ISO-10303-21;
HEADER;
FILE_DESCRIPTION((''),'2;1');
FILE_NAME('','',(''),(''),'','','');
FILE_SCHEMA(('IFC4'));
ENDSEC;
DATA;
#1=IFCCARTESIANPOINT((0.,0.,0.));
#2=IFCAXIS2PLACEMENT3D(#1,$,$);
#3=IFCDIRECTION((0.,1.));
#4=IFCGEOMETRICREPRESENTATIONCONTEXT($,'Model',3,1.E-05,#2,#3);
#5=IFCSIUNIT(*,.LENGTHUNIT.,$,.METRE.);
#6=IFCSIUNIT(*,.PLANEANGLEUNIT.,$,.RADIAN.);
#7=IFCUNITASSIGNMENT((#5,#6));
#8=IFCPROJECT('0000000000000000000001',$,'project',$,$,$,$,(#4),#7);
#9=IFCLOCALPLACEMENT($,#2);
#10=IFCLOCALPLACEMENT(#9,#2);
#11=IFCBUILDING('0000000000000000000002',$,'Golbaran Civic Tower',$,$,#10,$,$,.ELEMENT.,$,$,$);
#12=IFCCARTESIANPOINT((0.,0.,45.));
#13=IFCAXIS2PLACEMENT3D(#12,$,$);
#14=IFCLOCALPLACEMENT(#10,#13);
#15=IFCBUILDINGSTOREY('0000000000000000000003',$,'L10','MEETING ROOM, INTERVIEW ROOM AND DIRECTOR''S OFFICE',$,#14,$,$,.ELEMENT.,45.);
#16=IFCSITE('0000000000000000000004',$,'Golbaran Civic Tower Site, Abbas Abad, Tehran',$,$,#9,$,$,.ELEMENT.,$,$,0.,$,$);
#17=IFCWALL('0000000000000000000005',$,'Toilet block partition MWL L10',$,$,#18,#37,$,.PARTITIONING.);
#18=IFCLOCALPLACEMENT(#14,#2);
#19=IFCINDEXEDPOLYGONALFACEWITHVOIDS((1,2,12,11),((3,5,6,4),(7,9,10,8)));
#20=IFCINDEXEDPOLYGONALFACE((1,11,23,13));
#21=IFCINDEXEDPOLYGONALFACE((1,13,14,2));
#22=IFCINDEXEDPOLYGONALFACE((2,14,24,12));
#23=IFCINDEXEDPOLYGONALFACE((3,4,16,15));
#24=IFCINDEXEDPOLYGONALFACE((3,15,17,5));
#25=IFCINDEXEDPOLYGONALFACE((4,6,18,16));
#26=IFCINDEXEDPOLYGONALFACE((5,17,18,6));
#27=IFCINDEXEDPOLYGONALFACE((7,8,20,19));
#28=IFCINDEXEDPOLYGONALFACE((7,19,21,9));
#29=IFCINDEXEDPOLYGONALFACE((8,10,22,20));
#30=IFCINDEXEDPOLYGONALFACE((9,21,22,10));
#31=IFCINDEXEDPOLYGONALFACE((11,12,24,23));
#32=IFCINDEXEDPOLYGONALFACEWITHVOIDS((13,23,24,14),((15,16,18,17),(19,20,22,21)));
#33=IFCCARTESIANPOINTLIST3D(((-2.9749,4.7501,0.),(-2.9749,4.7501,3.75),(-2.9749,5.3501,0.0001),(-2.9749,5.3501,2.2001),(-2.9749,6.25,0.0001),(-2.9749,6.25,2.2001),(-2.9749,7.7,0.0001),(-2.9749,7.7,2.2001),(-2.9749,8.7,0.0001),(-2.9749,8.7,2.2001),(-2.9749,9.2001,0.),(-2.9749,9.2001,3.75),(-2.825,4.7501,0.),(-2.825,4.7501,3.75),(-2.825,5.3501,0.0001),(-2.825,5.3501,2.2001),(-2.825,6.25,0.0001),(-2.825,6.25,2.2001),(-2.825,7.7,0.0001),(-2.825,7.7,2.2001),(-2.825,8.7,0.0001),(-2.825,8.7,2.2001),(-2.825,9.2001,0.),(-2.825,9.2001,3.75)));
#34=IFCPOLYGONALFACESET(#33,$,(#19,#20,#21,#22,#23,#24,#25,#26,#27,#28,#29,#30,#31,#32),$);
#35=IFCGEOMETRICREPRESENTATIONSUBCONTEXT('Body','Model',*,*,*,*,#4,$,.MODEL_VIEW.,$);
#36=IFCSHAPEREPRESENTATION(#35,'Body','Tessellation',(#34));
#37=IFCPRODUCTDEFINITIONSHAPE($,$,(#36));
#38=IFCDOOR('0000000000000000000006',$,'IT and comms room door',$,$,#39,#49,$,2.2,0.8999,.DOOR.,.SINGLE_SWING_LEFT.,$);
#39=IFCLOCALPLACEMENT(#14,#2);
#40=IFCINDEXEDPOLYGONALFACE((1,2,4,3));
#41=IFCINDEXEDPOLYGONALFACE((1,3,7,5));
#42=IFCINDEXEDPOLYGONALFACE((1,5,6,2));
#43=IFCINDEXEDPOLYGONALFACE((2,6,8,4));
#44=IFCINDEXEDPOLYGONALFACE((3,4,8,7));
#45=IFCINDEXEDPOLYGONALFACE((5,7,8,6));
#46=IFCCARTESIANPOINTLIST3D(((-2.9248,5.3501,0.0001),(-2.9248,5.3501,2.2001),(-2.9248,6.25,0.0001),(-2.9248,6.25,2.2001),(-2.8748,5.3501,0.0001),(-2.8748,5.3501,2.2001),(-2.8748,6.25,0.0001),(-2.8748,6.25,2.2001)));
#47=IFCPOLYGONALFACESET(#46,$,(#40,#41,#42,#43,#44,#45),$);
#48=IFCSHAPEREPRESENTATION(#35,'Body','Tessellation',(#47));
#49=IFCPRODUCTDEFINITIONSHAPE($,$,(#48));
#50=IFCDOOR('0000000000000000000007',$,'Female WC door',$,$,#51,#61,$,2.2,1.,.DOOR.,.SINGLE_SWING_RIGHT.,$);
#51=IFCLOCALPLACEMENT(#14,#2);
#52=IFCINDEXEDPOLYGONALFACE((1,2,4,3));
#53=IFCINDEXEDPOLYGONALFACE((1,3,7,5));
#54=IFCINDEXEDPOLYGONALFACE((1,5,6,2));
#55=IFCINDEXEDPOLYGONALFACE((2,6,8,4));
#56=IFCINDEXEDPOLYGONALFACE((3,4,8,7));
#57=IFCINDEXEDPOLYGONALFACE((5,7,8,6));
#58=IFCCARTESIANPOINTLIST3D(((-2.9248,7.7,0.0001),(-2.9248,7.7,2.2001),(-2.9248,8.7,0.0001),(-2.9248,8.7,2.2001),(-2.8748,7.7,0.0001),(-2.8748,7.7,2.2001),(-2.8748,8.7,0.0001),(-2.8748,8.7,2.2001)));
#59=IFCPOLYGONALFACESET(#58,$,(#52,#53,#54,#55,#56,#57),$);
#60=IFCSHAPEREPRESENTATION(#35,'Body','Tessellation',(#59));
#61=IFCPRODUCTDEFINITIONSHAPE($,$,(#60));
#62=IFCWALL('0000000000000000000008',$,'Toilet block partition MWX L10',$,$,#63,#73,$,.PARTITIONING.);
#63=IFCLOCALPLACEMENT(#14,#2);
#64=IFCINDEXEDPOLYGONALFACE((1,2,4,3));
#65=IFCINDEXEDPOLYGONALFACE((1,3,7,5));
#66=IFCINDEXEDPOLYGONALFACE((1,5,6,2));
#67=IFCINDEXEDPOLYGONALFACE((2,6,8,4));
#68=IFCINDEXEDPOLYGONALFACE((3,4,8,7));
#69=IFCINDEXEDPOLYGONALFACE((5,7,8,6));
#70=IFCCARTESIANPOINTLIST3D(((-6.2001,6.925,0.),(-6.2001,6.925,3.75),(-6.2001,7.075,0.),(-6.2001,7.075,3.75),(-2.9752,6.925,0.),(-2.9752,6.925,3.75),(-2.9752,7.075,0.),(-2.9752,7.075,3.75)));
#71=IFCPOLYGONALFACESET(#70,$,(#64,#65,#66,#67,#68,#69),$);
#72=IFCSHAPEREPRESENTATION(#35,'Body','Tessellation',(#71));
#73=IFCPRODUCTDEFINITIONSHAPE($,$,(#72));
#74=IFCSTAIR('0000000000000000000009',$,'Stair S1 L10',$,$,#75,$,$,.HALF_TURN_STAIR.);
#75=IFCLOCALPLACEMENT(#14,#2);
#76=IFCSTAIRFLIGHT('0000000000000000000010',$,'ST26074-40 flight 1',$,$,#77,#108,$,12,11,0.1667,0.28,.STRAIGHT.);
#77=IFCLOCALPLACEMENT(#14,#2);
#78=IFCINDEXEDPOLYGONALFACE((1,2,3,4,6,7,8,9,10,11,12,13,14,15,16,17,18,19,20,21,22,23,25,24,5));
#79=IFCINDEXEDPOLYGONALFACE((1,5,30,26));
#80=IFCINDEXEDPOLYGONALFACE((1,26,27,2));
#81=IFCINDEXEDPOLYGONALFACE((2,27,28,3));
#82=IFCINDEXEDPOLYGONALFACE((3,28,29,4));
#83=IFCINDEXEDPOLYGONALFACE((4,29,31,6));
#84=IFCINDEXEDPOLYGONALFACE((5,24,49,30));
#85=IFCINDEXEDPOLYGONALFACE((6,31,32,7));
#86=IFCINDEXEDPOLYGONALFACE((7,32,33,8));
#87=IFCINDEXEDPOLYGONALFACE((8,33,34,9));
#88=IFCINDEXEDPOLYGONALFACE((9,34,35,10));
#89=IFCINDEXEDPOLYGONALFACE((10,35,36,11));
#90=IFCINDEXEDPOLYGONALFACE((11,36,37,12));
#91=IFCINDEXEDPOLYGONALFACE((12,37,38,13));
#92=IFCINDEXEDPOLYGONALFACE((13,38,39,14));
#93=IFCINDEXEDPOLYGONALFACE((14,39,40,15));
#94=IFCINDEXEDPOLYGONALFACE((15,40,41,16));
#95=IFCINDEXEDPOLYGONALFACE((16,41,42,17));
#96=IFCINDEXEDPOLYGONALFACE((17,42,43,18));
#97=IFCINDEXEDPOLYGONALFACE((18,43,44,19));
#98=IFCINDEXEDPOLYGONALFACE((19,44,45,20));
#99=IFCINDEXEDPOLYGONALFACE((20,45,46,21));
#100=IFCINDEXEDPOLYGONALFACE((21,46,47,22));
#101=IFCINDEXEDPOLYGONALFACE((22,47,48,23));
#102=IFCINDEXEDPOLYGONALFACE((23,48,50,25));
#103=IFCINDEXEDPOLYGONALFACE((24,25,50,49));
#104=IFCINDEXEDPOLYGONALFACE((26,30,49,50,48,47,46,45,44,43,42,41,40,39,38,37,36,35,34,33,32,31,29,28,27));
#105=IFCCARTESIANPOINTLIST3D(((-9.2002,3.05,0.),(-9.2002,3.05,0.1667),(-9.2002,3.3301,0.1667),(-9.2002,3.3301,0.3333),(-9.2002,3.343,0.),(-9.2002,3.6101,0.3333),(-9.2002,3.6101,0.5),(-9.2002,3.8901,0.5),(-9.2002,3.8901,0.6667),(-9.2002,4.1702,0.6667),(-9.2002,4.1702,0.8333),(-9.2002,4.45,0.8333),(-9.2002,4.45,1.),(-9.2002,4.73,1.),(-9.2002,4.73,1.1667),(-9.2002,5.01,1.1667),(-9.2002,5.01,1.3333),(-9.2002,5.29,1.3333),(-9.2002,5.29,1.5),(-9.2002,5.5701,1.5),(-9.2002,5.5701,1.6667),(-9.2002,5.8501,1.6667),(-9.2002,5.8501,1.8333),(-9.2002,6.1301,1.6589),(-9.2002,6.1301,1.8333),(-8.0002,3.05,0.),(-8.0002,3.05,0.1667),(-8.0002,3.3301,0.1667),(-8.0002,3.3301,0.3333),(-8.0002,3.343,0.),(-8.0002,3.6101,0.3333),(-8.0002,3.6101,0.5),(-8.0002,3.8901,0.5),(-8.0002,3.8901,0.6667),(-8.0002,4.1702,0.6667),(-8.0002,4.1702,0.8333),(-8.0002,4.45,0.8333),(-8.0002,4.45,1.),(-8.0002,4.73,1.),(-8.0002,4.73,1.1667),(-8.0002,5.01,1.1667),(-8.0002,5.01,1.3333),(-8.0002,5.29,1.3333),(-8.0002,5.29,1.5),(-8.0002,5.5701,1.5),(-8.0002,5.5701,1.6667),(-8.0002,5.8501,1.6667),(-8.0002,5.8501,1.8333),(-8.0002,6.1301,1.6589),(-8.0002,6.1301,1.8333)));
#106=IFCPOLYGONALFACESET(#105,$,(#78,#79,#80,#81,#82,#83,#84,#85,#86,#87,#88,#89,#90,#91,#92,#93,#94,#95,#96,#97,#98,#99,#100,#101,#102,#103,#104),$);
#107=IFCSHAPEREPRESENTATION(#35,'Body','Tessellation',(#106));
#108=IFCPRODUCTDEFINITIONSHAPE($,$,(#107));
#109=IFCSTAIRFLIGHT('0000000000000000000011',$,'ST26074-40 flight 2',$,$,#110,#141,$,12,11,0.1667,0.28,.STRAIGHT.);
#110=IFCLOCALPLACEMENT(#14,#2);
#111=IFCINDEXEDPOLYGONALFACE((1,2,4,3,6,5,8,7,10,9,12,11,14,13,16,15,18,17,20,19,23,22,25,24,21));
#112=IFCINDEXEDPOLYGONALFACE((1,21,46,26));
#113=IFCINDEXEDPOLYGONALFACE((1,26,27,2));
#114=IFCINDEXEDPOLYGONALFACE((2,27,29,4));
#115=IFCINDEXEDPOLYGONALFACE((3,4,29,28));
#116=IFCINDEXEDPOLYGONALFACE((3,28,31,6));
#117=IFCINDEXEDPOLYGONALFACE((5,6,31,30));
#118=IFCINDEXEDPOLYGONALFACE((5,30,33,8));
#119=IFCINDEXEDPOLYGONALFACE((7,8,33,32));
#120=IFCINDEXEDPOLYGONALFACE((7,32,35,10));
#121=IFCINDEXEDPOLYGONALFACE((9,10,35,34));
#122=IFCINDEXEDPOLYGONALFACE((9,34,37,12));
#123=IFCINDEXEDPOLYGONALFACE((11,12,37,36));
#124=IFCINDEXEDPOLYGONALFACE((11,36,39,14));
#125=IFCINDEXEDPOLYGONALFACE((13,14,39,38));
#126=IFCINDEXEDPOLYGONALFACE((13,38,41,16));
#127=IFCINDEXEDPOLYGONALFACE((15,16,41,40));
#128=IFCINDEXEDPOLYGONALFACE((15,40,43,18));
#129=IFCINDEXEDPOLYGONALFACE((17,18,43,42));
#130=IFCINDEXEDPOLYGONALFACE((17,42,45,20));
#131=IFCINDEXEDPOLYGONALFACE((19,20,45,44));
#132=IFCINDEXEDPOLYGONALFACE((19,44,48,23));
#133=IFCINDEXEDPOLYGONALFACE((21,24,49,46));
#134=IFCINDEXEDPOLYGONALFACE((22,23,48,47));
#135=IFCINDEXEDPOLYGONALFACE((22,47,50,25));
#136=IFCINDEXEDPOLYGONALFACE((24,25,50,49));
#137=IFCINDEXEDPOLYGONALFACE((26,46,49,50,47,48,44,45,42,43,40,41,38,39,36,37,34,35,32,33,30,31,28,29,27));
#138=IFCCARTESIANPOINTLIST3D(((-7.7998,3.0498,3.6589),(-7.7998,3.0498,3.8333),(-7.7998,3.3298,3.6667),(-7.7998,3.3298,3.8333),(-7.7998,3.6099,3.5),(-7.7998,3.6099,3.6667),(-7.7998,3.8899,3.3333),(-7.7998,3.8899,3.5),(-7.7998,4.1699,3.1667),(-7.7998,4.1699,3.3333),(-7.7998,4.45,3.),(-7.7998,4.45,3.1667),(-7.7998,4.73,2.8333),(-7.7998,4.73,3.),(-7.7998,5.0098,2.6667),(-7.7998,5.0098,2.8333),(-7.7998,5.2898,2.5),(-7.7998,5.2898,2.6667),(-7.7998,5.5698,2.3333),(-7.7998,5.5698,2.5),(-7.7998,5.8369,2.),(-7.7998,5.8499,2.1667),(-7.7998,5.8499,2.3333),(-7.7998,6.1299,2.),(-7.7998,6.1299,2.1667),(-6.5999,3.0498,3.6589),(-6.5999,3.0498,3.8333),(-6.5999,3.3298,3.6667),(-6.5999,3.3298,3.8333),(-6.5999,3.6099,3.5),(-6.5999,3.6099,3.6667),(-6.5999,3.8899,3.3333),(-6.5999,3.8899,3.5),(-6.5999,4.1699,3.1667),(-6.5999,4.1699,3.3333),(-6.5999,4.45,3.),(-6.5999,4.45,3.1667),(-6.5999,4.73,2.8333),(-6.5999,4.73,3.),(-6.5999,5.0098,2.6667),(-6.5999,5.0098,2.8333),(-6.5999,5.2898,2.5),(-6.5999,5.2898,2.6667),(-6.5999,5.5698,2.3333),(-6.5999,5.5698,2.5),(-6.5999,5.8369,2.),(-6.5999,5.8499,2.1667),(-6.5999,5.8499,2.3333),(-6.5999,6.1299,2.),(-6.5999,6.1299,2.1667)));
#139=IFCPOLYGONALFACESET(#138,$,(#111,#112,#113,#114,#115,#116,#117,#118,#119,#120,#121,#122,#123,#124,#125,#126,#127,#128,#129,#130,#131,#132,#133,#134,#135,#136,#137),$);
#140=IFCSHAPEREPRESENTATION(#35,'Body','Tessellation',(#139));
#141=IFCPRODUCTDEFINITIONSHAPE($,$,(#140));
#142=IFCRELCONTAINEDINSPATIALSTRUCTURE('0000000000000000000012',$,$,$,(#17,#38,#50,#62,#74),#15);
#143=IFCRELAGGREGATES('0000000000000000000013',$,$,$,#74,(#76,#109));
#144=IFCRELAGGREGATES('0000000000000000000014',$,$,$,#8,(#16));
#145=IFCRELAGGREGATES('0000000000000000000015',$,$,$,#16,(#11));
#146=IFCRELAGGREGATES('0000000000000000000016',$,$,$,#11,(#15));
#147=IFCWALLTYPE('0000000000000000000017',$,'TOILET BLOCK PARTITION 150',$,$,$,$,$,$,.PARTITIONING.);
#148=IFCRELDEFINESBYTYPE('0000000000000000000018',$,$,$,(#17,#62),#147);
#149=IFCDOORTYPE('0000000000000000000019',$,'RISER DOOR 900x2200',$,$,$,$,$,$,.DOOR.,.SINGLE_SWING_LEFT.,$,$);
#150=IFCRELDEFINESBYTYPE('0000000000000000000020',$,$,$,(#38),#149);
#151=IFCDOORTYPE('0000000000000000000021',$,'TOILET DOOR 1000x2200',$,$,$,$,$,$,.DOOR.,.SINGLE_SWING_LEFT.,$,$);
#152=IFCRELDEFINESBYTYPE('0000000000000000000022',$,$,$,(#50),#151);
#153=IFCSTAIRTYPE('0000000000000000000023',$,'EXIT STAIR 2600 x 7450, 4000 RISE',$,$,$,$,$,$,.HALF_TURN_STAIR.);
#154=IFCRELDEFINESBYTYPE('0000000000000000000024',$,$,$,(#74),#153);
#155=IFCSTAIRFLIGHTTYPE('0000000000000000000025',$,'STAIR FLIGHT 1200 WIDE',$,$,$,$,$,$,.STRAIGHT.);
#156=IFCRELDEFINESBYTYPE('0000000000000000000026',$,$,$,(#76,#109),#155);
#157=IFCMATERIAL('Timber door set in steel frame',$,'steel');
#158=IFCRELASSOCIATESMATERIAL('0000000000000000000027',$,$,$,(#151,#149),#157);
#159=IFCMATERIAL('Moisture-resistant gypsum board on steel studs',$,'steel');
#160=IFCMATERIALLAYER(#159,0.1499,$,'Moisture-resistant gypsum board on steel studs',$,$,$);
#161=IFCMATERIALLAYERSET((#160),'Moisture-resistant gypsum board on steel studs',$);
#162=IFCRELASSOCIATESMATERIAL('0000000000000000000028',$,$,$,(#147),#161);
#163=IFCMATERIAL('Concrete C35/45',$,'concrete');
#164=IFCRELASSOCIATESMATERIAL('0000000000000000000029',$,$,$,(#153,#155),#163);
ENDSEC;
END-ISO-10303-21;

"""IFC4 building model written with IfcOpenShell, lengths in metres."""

from ifc_helpers import new_model, si_unit, direction, frame, frame_2d, origin, place, context, subcontext, project, spatial, polyline, rectangle, outline, extrude, material, layer, layer_set, type_object, element, fill, aggregate, save


model = new_model("IFC4")

# Units and contexts
model_context = context("Model", 3, precision=1e-05, world=origin(), true_north=direction((0.0, 1.0)))
body_context = subcontext(model_context, "Body", "Model", "MODEL_VIEW")
ifc_project = project(units=[si_unit("LENGTHUNIT", "METRE"), si_unit("PLANEANGLEUNIT", "RADIAN")], contexts=[model_context])

# Site, building, storey
site_placement = place(None, origin())
site = spatial("IfcSite", under=ifc_project, at=site_placement, Name="Golbaran Civic Tower Site, Abbas Abad, Tehran", CompositionType="ELEMENT", RefElevation=0.0)
building_placement = place(site_placement, origin())
building = spatial("IfcBuilding", under=site, at=building_placement, Name="Golbaran Civic Tower", CompositionType="ELEMENT")
storey_placement = place(building_placement, frame((0.0, 0.0, 45.0)))
storey = spatial("IfcBuildingStorey", under=building, at=storey_placement, Name="L10", Description="MEETING ROOM, INTERVIEW ROOM AND DIRECTOR'S OFFICE", CompositionType="ELEMENT", Elevation=45.0)

# Shared definitions
ifc_material_1 = material(Name="Timber door set in steel frame", Category="steel")

# Shared definitions
door_type_1 = type_object("IfcDoorType", Name="TOILET DOOR 1000x2200", OperationType="SINGLE_SWING_LEFT", PredefinedType="DOOR", material=ifc_material_1)

# Wall, openings, doors
ifc_material_2 = material(Name="Moisture-resistant gypsum board on steel studs", Category="steel")
ifc_layer_1 = layer(ifc_material_2, 0.1499, Name="Moisture-resistant gypsum board on steel studs")
ifc_layer_set_1 = layer_set([ifc_layer_1], Name="Moisture-resistant gypsum board on steel studs")
wall_type_1 = type_object("IfcWallType", Name="TOILET BLOCK PARTITION 150", PredefinedType="PARTITIONING", material=ifc_layer_set_1)
wall_1_placement = place(storey_placement, frame((-2.8999, 4.75, 0.0), z_axis=(0.0, 0.0, 1.0), x_axis=(0.0, 1.0, 0.0)))
wall_1 = element("IfcWall", 1, at=wall_1_placement, inside=storey, type_object=wall_type_1, Name="Toilet block partition MWL L10", PredefinedType="PARTITIONING", context=body_context, shape_type="SweptSolid", body=[
    extrude(rectangle(XDim=4.45, YDim=0.1499, at=frame_2d((2.2251, 0.0))), origin(), (0.0, 0.0, 1.0), 3.75),
])
opening_1_placement = place(wall_1_placement, frame((2.95, 0.0, 0.0)))
opening_1 = element("IfcOpeningElement", 2, at=opening_1_placement, cuts=wall_1, PredefinedType="OPENING", context=body_context, shape_type="SweptSolid", body=[
    extrude(rectangle(XDim=1.0, YDim=2.2, at=frame_2d((0.5, 1.1001))), frame((0.0, 0.085, 0.0), z_axis=(0.0, -1.0, 0.0), x_axis=(1.0, 0.0, 0.0)), (0.0, 0.0, 1.0), 0.1699),
])
opening_2_placement = place(wall_1_placement, frame((0.6001, 0.0, 0.0)))
opening_2 = element("IfcOpeningElement", 3, at=opening_2_placement, cuts=wall_1, PredefinedType="OPENING", context=body_context, shape_type="SweptSolid", body=[
    extrude(rectangle(XDim=0.8999, YDim=2.2, at=frame_2d((0.45, 1.1001))), frame((0.0, 0.085, 0.0), z_axis=(0.0, -1.0, 0.0), x_axis=(1.0, 0.0, 0.0)), (0.0, 0.0, 1.0), 0.1699),
])
door_type_2 = type_object("IfcDoorType", Name="RISER DOOR 900x2200", OperationType="SINGLE_SWING_LEFT", PredefinedType="DOOR", material=ifc_material_1)
door_1_placement = place(opening_2_placement, origin())
door_1 = element("IfcDoor", 4, at=door_1_placement, inside=storey, type_object=door_type_2, Name="IT and comms room door", OperationType="SINGLE_SWING_LEFT", OverallHeight=2.2, OverallWidth=0.8999, PredefinedType="DOOR", context=body_context, shape_type="SweptSolid", body=[
    extrude(rectangle(XDim=0.8999, YDim=2.2, at=frame_2d((0.45, 1.1001))), frame((0.0, 0.0249, 0.0), z_axis=(0.0, -1.0, 0.0), x_axis=(1.0, 0.0, 0.0)), (0.0, 0.0, 1.0), 0.05),
])
fill(opening_2, door_1)
door_2_placement = place(opening_1_placement, origin())
door_2 = element("IfcDoor", 5, at=door_2_placement, inside=storey, type_object=door_type_1, Name="Female WC door", OperationType="SINGLE_SWING_RIGHT", OverallHeight=2.2, OverallWidth=1.0, PredefinedType="DOOR", context=body_context, shape_type="SweptSolid", body=[
    extrude(rectangle(XDim=1.0, YDim=2.2, at=frame_2d((0.5, 1.1001))), frame((0.0, 0.0249, 0.0), z_axis=(0.0, -1.0, 0.0), x_axis=(1.0, 0.0, 0.0)), (0.0, 0.0, 1.0), 0.05),
])
fill(opening_1, door_2)

# Wall
wall_2_placement = place(storey_placement, frame((-6.2, 7.0, 0.0), z_axis=(0.0, 0.0, 1.0), x_axis=(1.0, 0.0, 0.0)))
element("IfcWall", 6, at=wall_2_placement, inside=storey, type_object=wall_type_1, Name="Toilet block partition MWX L10", PredefinedType="PARTITIONING", context=body_context, shape_type="SweptSolid", body=[
    extrude(rectangle(XDim=3.2249, YDim=0.1499, at=frame_2d((1.6123, 0.0))), origin(), (0.0, 0.0, 1.0), 3.75),
])

# Stair, stair flights
ifc_material_3 = material(Name="Concrete C35/45", Category="concrete")
stair_type = type_object("IfcStairType", Name="EXIT STAIR 2600 x 7450, 4000 RISE", PredefinedType="HALF_TURN_STAIR", material=ifc_material_3)
stair_placement = place(storey_placement, origin())
stair = element("IfcStair", 7, at=stair_placement, inside=storey, type_object=stair_type, Name="Stair S1 L10", PredefinedType="HALF_TURN_STAIR")
stair_flight_type = type_object("IfcStairFlightType", Name="STAIR FLIGHT 1200 WIDE", PredefinedType="STRAIGHT", material=ifc_material_3)
stair_flight_1_placement = place(storey_placement, frame((-8.6001, 3.05, 0.0), z_axis=(0.0, 0.0, 1.0), x_axis=(0.0, 1.0, 0.0)))
stair_flight_1 = element("IfcStairFlight", 8, at=stair_flight_1_placement, type_object=stair_flight_type, Name="ST26074-40 flight 1", NumberOfRisers=12, NumberOfTreads=11, PredefinedType="STRAIGHT", RiserHeight=0.1667, TreadLength=0.28, context=body_context, shape_type="SweptSolid", body=[
    extrude(outline(polyline([(0.0, 0.0), (0.0, 0.1667), (0.28, 0.1667), (0.28, 0.3333), (0.5601, 0.3333), (0.5601, 0.5), (0.8401, 0.5), (0.8401, 0.6667), (1.1201, 0.6667), (1.1201, 0.8333), (1.3999, 0.8333), (1.3999, 1.0), (1.6799, 1.0), (1.6799, 1.1667), (1.96, 1.1667), (1.96, 1.3333), (2.24, 1.3333), (2.24, 1.5), (2.52, 1.5), (2.52, 1.6667), (2.8, 1.6667), (2.8, 1.8333), (3.0801, 1.8333), (3.0801, 2.0), (3.0801, 1.6589), (0.293, 0.0), (0.0, 0.0)])), frame((0.0, 0.6001, 0.0), z_axis=(0.0, -1.0, 0.0), x_axis=(1.0, 0.0, 0.0)), (0.0, 0.0, 1.0), 1.2),
])
stair_flight_2_placement = place(storey_placement, frame((-7.2, 6.1299, 2.0), z_axis=(0.0, 0.0, 1.0), x_axis=(0.0, -1.0, 0.0)))
stair_flight_2 = element("IfcStairFlight", 9, at=stair_flight_2_placement, type_object=stair_flight_type, Name="ST26074-40 flight 2", NumberOfRisers=12, NumberOfTreads=11, PredefinedType="STRAIGHT", RiserHeight=0.1667, TreadLength=0.28, context=body_context, shape_type="SweptSolid", body=[
    extrude(outline(polyline([(0.0, 0.0), (0.0, 0.1667), (0.28, 0.1667), (0.28, 0.3333), (0.5601, 0.3333), (0.5601, 0.5), (0.8401, 0.5), (0.8401, 0.6667), (1.1201, 0.6667), (1.1201, 0.8333), (1.3999, 0.8333), (1.3999, 1.0), (1.6799, 1.0), (1.6799, 1.1667), (1.96, 1.1667), (1.96, 1.3333), (2.24, 1.3333), (2.24, 1.5), (2.52, 1.5), (2.52, 1.6667), (2.8, 1.6667), (2.8, 1.8333), (3.0801, 1.8333), (3.0801, 2.0), (3.0801, 1.6589), (0.293, 0.0), (0.0, 0.0)])), frame((0.0, 0.6001, 0.0), z_axis=(0.0, -1.0, 0.0), x_axis=(1.0, 0.0, 0.0)), (0.0, 0.0, 1.0), 1.2),
])
aggregate(stair, [stair_flight_1, stair_flight_2])

save(model, "model.ifc")
